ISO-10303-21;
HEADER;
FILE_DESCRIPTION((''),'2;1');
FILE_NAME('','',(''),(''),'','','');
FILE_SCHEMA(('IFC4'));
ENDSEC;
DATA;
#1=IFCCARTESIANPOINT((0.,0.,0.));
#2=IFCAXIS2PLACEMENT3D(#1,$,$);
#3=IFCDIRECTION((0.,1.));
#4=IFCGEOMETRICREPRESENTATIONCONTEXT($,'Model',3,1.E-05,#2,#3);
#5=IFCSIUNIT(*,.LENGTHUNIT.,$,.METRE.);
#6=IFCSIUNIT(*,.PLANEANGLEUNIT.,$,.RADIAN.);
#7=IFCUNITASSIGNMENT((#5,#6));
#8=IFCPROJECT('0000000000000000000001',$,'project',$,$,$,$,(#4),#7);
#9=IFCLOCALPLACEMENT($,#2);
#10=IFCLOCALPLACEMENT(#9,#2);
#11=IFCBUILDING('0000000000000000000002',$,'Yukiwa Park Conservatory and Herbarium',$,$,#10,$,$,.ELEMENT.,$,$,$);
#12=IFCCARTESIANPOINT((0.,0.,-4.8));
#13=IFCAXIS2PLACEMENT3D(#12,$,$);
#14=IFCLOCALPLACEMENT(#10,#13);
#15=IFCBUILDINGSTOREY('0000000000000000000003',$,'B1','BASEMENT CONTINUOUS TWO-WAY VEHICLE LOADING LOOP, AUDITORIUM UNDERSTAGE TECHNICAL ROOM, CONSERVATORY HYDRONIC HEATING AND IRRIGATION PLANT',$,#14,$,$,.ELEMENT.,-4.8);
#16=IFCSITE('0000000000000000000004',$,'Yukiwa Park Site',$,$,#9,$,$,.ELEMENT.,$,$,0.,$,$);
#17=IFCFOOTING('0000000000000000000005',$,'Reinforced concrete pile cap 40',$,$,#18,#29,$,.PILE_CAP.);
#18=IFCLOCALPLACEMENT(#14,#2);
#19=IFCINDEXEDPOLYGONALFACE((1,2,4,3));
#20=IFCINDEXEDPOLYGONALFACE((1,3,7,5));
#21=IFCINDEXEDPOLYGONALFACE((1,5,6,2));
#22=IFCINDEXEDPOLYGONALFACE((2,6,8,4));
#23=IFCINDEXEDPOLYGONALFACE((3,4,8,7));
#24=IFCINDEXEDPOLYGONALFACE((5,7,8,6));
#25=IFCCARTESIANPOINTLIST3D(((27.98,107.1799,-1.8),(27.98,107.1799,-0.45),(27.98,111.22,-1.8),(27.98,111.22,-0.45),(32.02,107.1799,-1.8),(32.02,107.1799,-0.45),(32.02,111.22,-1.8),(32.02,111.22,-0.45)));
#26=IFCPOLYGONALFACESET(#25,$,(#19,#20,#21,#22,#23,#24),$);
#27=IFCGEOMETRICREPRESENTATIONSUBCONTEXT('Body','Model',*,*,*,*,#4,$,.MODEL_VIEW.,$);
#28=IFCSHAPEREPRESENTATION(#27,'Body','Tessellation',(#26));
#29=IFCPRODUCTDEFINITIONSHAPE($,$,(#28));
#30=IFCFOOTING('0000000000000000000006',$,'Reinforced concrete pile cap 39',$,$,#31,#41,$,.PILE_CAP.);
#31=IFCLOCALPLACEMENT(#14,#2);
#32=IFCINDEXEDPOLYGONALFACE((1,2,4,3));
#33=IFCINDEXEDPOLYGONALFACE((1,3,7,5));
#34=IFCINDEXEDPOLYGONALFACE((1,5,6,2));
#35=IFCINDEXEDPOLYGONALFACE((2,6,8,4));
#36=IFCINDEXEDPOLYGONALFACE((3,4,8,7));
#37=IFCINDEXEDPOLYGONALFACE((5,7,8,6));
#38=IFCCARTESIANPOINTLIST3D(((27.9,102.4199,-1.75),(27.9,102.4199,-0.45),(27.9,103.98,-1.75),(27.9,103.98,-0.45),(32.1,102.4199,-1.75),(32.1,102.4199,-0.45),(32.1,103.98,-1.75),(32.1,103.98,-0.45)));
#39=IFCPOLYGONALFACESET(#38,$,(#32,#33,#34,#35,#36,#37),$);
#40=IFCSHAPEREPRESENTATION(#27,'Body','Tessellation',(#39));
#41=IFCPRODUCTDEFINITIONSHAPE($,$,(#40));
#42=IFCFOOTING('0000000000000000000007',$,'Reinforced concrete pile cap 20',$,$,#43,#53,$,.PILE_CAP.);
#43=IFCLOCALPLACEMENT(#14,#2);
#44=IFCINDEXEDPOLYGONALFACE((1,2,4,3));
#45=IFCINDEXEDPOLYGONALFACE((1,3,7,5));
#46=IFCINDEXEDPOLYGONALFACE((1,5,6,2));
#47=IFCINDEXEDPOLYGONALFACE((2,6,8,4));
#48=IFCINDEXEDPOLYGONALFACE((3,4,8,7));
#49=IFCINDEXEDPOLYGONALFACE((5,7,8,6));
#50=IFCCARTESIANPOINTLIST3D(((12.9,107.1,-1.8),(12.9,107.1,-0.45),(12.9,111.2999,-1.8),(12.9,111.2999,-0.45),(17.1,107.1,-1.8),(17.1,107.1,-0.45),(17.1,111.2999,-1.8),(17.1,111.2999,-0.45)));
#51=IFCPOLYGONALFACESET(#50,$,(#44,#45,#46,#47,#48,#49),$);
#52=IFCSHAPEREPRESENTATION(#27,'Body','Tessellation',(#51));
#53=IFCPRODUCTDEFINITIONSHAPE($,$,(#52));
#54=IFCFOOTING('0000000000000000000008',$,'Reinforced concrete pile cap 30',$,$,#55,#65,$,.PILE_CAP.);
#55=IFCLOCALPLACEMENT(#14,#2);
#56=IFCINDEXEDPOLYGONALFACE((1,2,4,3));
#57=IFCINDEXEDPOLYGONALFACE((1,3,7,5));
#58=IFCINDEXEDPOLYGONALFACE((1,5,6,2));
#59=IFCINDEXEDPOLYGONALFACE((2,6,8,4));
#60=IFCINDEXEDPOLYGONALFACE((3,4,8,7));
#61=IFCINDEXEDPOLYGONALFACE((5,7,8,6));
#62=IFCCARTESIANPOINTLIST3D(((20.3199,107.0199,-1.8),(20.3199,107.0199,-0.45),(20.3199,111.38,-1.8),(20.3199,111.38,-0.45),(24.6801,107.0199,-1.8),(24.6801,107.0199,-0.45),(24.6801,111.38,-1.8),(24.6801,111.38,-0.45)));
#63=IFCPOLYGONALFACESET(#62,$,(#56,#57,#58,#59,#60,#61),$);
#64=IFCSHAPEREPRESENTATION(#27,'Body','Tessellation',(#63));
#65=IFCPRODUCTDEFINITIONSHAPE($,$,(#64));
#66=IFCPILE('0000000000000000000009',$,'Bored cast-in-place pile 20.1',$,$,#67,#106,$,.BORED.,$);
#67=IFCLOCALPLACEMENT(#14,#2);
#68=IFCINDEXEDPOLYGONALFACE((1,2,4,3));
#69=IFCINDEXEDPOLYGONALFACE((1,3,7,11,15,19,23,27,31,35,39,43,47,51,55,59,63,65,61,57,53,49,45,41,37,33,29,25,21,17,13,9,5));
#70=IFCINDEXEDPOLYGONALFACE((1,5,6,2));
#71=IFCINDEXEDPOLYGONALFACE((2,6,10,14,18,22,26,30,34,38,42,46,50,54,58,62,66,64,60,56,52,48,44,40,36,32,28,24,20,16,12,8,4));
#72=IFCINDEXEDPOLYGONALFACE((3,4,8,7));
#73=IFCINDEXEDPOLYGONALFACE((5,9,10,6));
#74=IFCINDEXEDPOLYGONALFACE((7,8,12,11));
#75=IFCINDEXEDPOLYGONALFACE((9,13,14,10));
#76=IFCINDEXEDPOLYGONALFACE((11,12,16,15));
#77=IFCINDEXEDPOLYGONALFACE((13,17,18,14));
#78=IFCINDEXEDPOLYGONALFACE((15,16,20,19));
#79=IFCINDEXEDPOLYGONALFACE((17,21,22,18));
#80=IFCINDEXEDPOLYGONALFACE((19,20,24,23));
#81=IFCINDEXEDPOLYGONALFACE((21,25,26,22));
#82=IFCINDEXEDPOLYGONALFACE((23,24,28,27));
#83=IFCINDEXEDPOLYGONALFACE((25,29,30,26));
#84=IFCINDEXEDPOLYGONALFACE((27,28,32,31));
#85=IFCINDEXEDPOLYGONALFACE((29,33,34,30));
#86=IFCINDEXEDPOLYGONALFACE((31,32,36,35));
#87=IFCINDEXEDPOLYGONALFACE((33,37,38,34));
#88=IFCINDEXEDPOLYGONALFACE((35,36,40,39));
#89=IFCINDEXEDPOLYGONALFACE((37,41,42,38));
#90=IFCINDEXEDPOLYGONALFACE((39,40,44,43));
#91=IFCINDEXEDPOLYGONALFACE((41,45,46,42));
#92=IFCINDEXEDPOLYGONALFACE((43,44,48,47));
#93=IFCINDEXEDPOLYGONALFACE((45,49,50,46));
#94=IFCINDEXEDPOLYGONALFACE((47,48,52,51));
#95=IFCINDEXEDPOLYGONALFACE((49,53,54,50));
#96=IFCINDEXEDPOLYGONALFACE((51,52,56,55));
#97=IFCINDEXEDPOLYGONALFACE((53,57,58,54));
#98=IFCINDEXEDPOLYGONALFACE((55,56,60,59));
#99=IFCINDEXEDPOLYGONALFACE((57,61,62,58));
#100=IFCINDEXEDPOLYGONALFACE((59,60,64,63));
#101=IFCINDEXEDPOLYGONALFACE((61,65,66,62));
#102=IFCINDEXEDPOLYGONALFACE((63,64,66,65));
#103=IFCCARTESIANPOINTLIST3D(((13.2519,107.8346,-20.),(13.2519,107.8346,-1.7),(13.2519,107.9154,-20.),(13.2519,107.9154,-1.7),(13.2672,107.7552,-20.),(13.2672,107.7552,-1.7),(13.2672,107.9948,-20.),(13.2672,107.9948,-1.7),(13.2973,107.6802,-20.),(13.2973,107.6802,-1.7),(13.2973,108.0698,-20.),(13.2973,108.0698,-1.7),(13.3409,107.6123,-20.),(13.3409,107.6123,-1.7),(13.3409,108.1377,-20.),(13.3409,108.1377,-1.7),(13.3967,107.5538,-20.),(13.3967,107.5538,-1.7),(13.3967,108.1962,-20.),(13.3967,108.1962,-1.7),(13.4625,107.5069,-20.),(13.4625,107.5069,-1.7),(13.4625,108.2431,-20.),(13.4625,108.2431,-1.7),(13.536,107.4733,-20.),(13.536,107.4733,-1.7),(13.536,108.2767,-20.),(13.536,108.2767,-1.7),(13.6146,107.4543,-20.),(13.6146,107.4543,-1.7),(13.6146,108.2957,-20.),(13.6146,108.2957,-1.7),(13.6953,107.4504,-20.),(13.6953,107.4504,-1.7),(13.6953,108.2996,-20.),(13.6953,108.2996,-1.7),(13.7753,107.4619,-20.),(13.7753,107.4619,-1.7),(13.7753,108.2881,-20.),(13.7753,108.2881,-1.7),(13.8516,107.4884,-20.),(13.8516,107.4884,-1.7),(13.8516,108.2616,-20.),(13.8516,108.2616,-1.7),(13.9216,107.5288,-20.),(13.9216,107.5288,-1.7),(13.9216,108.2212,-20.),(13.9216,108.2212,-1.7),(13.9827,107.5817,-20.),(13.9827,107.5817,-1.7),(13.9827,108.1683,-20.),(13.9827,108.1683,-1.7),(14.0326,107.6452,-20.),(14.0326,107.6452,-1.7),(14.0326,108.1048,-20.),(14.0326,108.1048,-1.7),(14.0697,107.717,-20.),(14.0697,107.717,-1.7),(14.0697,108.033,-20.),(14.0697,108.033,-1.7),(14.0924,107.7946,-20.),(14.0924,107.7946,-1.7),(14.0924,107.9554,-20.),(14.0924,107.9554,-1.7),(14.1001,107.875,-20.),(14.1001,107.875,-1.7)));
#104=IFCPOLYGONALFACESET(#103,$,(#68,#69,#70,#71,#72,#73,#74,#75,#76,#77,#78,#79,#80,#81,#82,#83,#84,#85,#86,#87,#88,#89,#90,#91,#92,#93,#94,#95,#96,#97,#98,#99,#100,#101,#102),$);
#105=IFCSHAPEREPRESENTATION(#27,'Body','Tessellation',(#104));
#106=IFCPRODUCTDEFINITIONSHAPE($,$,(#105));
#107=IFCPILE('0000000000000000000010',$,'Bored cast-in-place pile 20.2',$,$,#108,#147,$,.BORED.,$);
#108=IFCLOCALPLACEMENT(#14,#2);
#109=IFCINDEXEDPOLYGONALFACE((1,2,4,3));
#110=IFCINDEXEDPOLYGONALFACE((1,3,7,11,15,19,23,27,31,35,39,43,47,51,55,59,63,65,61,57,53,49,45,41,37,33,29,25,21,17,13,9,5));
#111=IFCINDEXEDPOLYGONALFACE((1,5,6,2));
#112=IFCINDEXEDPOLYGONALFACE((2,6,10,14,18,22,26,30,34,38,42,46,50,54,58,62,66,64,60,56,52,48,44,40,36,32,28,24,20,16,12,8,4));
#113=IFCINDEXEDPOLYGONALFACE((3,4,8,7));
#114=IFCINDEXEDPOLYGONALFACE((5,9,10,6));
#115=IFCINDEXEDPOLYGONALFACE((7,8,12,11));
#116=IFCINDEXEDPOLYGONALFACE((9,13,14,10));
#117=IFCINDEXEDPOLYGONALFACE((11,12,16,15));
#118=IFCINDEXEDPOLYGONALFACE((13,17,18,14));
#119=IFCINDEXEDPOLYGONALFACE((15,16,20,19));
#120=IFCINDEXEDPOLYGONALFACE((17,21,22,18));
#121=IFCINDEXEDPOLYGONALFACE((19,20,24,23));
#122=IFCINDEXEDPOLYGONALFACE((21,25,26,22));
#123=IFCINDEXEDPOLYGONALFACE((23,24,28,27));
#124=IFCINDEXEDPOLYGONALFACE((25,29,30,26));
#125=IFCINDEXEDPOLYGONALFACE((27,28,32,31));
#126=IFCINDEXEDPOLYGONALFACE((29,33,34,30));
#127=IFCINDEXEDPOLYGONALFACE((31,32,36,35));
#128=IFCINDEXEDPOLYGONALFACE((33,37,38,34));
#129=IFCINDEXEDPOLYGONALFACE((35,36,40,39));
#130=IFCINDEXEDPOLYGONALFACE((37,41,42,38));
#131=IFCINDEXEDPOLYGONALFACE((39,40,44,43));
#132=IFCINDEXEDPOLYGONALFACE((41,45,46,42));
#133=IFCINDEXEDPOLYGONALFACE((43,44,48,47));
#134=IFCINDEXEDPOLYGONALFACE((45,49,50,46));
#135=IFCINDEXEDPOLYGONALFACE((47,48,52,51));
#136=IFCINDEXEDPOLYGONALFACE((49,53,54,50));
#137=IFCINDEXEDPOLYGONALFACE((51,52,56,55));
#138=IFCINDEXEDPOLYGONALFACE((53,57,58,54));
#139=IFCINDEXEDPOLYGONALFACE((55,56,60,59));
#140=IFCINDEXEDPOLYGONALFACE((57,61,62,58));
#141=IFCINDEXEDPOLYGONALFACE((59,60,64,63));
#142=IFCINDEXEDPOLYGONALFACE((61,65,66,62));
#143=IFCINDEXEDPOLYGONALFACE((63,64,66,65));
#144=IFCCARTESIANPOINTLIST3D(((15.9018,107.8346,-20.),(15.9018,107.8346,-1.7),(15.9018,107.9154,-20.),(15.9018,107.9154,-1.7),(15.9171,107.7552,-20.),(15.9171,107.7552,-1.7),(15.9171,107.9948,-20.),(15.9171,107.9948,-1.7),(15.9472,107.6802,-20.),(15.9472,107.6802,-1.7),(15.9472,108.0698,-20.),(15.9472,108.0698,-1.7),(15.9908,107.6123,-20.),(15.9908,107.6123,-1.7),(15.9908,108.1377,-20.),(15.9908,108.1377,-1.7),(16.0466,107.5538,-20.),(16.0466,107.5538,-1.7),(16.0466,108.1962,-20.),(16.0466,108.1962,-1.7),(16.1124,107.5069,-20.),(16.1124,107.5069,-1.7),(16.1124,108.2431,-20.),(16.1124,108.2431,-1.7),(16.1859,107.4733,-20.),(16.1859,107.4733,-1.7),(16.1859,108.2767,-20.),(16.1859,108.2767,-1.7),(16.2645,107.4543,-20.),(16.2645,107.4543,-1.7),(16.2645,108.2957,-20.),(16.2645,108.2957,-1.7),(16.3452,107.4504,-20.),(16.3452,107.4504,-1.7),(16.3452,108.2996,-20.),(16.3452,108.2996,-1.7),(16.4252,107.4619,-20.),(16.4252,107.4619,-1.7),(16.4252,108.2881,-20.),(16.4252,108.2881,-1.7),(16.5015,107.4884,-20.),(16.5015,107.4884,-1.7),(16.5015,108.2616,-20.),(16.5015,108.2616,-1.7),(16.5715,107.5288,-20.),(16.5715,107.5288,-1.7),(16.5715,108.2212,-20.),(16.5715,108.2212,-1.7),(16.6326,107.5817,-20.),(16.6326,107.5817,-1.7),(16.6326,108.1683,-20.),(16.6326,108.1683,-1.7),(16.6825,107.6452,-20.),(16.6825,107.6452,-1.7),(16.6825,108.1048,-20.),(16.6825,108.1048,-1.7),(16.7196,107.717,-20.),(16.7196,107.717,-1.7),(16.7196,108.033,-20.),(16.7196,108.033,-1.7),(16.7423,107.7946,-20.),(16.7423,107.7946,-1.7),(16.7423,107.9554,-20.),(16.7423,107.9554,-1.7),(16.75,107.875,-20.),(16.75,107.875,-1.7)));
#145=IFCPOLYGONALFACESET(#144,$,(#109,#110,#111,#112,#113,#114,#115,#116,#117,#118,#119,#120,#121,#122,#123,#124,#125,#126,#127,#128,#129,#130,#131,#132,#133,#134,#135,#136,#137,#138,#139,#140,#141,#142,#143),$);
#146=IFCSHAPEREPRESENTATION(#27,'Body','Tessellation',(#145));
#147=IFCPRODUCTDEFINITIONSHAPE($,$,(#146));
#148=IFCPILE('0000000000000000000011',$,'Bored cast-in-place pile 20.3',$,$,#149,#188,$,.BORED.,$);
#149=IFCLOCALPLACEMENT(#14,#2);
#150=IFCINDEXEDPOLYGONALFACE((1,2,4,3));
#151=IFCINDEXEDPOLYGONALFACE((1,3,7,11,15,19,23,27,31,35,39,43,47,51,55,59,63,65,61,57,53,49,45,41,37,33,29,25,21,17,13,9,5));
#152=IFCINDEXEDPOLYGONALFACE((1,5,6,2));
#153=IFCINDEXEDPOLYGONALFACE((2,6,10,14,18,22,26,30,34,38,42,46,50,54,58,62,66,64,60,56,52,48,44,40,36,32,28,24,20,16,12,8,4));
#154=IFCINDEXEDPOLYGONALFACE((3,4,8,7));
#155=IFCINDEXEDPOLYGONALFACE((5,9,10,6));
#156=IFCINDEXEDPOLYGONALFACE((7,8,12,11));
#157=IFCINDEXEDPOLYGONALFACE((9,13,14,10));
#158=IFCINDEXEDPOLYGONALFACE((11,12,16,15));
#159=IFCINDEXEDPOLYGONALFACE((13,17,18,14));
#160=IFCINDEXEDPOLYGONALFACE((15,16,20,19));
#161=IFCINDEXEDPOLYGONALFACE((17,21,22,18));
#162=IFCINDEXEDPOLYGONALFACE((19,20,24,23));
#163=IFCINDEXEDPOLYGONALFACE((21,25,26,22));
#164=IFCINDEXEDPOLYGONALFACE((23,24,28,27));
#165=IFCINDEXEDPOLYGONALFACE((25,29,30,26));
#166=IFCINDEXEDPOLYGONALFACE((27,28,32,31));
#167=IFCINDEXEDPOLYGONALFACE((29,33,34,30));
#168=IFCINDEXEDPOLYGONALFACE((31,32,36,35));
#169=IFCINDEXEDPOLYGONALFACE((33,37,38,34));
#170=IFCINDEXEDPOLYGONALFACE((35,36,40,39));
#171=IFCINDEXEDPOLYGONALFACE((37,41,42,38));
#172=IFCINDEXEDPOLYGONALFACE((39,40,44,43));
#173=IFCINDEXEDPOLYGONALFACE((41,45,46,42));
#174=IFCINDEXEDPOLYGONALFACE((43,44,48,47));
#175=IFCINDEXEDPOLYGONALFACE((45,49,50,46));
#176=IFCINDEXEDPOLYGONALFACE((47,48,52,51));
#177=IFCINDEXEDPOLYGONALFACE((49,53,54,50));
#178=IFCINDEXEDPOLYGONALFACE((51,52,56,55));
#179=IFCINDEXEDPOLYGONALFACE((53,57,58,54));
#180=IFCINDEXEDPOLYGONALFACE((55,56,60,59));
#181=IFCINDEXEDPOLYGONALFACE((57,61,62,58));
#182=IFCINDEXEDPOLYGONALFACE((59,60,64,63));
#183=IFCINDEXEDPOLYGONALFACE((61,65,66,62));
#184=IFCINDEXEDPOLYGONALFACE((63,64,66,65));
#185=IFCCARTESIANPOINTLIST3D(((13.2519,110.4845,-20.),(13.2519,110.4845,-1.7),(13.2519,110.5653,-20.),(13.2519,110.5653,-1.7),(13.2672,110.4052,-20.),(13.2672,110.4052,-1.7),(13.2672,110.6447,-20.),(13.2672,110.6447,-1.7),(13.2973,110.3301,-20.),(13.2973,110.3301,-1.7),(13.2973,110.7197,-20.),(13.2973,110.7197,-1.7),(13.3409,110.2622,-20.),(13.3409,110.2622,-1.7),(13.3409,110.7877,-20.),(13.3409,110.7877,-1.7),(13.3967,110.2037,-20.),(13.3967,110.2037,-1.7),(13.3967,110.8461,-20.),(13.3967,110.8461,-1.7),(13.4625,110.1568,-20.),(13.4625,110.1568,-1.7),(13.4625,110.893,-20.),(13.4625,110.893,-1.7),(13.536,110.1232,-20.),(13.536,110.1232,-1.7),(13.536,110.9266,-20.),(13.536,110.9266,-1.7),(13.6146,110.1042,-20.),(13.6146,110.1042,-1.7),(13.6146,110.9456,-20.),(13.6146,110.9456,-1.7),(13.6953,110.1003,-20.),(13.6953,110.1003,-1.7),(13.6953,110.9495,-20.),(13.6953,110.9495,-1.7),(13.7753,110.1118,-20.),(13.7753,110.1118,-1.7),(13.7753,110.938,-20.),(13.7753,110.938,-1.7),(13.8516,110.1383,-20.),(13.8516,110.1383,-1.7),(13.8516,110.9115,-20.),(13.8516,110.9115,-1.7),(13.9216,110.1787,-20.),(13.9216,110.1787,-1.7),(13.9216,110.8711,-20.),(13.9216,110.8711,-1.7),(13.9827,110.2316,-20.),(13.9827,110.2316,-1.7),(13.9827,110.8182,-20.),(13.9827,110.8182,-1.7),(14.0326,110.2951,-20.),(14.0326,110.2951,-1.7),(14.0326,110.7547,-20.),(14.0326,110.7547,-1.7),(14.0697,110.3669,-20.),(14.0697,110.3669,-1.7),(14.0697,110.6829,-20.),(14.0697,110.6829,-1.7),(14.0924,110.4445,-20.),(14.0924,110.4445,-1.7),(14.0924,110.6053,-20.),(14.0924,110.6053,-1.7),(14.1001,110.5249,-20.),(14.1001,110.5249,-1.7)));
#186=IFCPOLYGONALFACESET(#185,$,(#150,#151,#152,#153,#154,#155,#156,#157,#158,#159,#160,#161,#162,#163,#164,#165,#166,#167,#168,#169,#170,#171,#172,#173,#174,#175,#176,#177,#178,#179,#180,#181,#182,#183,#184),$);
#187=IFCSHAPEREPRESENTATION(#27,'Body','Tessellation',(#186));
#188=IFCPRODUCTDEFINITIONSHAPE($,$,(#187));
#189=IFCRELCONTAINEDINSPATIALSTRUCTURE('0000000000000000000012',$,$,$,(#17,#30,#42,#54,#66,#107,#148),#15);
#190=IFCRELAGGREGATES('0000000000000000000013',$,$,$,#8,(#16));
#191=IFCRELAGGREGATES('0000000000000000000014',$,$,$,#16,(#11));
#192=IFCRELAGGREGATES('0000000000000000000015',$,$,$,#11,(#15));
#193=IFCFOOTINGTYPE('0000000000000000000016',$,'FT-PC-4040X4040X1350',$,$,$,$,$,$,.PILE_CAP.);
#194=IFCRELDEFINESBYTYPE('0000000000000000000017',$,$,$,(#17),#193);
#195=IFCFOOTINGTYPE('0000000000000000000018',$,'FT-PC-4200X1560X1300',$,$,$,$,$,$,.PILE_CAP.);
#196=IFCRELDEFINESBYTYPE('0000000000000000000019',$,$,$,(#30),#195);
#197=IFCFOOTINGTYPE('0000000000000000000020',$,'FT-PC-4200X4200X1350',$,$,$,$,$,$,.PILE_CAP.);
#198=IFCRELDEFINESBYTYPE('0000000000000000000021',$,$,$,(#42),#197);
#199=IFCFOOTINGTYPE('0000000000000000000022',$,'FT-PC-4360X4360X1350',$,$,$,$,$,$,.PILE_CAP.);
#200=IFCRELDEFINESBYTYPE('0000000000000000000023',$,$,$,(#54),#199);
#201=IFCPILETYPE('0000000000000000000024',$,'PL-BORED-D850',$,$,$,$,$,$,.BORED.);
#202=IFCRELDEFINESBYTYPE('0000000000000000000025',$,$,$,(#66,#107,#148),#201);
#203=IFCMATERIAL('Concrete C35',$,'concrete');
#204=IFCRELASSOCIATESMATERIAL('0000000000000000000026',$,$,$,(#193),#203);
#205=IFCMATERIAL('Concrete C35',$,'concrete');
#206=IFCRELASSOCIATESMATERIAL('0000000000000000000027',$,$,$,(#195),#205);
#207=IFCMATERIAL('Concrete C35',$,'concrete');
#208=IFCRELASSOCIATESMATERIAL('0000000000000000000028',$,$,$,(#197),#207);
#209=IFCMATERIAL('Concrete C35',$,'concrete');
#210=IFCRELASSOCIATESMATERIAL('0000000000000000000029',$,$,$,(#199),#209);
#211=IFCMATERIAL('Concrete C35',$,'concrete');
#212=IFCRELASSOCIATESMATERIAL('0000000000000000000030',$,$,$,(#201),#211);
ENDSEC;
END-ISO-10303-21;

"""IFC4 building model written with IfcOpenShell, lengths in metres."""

from ifc_helpers import new_model, si_unit, direction, frame, origin, origin_2d, place, context, subcontext, project, spatial, rectangle, circle, extrude, material, material_profile, profile_set, type_object, element, save


model = new_model("IFC4")

# Units and contexts
model_context = context("Model", 3, precision=1e-05, world=origin(), true_north=direction((0.0, 1.0)))
body_context = subcontext(model_context, "Body", "Model", "MODEL_VIEW")
ifc_project = project(units=[si_unit("LENGTHUNIT", "METRE"), si_unit("PLANEANGLEUNIT", "RADIAN")], contexts=[model_context])

# Site, building, storey
site_placement = place(None, origin())
site = spatial("IfcSite", under=ifc_project, at=site_placement, Name="Yukiwa Park Site", CompositionType="ELEMENT", RefElevation=0.0)
building_placement = place(site_placement, origin())
building = spatial("IfcBuilding", under=site, at=building_placement, Name="Yukiwa Park Conservatory and Herbarium", CompositionType="ELEMENT")
storey_placement = place(building_placement, frame((0.0, 0.0, -4.8)))
storey = spatial("IfcBuildingStorey", under=building, at=storey_placement, Name="B1", Description="BASEMENT CONTINUOUS TWO-WAY VEHICLE LOADING LOOP, AUDITORIUM UNDERSTAGE TECHNICAL ROOM, CONSERVATORY HYDRONIC HEATING AND IRRIGATION PLANT", CompositionType="ELEMENT", Elevation=-4.8)

# Footings
ifc_material_1 = material(Name="Concrete C35", Category="concrete")
footing_type_1 = type_object("IfcFootingType", Name="FT-PC-4040X4040X1350", PredefinedType="PILE_CAP", material=ifc_material_1)
footing_1_placement = place(storey_placement, frame((30.0, 109.2, -1.8), z_axis=(0.0, 0.0, 1.0), x_axis=(1.0, 0.0, 0.0)))
element("IfcFooting", 1, at=footing_1_placement, inside=storey, type_object=footing_type_1, Name="Reinforced concrete pile cap 40", PredefinedType="PILE_CAP", context=body_context, shape_type="SweptSolid", body=[
    extrude(rectangle(XDim=4.04, YDim=4.04, at=origin_2d()), origin(), (0.0, 0.0, 1.0), 1.3501),
])
ifc_material_2 = material(Name="Concrete C35", Category="concrete")
footing_type_2 = type_object("IfcFootingType", Name="FT-PC-4200X1560X1300", PredefinedType="PILE_CAP", material=ifc_material_2)
footing_2_placement = place(storey_placement, frame((30.0, 103.2, -1.75), z_axis=(0.0, 0.0, 1.0), x_axis=(1.0, 0.0, 0.0)))
element("IfcFooting", 2, at=footing_2_placement, inside=storey, type_object=footing_type_2, Name="Reinforced concrete pile cap 39", PredefinedType="PILE_CAP", context=body_context, shape_type="SweptSolid", body=[
    extrude(rectangle(XDim=4.2, YDim=1.5601, at=origin_2d()), origin(), (0.0, 0.0, 1.0), 1.3),
])
ifc_material_3 = material(Name="Concrete C35", Category="concrete")
footing_type_3 = type_object("IfcFootingType", Name="FT-PC-4200X4200X1350", PredefinedType="PILE_CAP", material=ifc_material_3)
footing_3_placement = place(storey_placement, frame((15.0, 109.2, -1.8), z_axis=(0.0, 0.0, 1.0), x_axis=(1.0, 0.0, 0.0)))
element("IfcFooting", 3, at=footing_3_placement, inside=storey, type_object=footing_type_3, Name="Reinforced concrete pile cap 20", PredefinedType="PILE_CAP", context=body_context, shape_type="SweptSolid", body=[
    extrude(rectangle(XDim=4.2, YDim=4.2, at=origin_2d()), origin(), (0.0, 0.0, 1.0), 1.3501),
])
ifc_material_4 = material(Name="Concrete C35", Category="concrete")
footing_type_4 = type_object("IfcFootingType", Name="FT-PC-4360X4360X1350", PredefinedType="PILE_CAP", material=ifc_material_4)
footing_4_placement = place(storey_placement, frame((22.5, 109.2, -1.8), z_axis=(0.0, 0.0, 1.0), x_axis=(1.0, 0.0, 0.0)))
element("IfcFooting", 4, at=footing_4_placement, inside=storey, type_object=footing_type_4, Name="Reinforced concrete pile cap 30", PredefinedType="PILE_CAP", context=body_context, shape_type="SweptSolid", body=[
    extrude(rectangle(XDim=4.3601, YDim=4.3601, at=origin_2d()), origin(), (0.0, 0.0, 1.0), 1.3501),
])

# Piles
ifc_material_5 = material(Name="Concrete C35", Category="concrete")
ifc_material_profile_1 = material_profile(ifc_material_5, circle(Radius=0.425, at=origin_2d()), Name="PILE D850")
ifc_profile_set_1 = profile_set([ifc_material_profile_1], Name="Concrete C35")
pile_type = type_object("IfcPileType", Name="PL-BORED-D850", PredefinedType="BORED", material=ifc_profile_set_1)
for number, where, z_axis, x_axis, name in (
    (5, (13.675, 107.875, -1.7), (0.0, 0.0, -1.0), (1.0, 0.0, 0.0), "Bored cast-in-place pile 20.1"),
    (6, (16.325, 107.875, -1.7), (0.0, 0.0, -1.0), (1.0, 0.0, 0.0), "Bored cast-in-place pile 20.2"),
    (7, (13.675, 110.5249, -1.7), (0.0, 0.0, -1.0), (1.0, 0.0, 0.0), "Bored cast-in-place pile 20.3"),
):
    element("IfcPile", number, at=place(storey_placement, frame(where, z_axis=z_axis, x_axis=x_axis)), inside=storey, type_object=pile_type, Name=name, PredefinedType="BORED", context=body_context, shape_type="SweptSolid", body=[
        extrude(circle(Radius=0.425, at=origin_2d()), origin(), (0.0, 0.0, 1.0), 18.3),
    ])

save(model, "model.ifc")
